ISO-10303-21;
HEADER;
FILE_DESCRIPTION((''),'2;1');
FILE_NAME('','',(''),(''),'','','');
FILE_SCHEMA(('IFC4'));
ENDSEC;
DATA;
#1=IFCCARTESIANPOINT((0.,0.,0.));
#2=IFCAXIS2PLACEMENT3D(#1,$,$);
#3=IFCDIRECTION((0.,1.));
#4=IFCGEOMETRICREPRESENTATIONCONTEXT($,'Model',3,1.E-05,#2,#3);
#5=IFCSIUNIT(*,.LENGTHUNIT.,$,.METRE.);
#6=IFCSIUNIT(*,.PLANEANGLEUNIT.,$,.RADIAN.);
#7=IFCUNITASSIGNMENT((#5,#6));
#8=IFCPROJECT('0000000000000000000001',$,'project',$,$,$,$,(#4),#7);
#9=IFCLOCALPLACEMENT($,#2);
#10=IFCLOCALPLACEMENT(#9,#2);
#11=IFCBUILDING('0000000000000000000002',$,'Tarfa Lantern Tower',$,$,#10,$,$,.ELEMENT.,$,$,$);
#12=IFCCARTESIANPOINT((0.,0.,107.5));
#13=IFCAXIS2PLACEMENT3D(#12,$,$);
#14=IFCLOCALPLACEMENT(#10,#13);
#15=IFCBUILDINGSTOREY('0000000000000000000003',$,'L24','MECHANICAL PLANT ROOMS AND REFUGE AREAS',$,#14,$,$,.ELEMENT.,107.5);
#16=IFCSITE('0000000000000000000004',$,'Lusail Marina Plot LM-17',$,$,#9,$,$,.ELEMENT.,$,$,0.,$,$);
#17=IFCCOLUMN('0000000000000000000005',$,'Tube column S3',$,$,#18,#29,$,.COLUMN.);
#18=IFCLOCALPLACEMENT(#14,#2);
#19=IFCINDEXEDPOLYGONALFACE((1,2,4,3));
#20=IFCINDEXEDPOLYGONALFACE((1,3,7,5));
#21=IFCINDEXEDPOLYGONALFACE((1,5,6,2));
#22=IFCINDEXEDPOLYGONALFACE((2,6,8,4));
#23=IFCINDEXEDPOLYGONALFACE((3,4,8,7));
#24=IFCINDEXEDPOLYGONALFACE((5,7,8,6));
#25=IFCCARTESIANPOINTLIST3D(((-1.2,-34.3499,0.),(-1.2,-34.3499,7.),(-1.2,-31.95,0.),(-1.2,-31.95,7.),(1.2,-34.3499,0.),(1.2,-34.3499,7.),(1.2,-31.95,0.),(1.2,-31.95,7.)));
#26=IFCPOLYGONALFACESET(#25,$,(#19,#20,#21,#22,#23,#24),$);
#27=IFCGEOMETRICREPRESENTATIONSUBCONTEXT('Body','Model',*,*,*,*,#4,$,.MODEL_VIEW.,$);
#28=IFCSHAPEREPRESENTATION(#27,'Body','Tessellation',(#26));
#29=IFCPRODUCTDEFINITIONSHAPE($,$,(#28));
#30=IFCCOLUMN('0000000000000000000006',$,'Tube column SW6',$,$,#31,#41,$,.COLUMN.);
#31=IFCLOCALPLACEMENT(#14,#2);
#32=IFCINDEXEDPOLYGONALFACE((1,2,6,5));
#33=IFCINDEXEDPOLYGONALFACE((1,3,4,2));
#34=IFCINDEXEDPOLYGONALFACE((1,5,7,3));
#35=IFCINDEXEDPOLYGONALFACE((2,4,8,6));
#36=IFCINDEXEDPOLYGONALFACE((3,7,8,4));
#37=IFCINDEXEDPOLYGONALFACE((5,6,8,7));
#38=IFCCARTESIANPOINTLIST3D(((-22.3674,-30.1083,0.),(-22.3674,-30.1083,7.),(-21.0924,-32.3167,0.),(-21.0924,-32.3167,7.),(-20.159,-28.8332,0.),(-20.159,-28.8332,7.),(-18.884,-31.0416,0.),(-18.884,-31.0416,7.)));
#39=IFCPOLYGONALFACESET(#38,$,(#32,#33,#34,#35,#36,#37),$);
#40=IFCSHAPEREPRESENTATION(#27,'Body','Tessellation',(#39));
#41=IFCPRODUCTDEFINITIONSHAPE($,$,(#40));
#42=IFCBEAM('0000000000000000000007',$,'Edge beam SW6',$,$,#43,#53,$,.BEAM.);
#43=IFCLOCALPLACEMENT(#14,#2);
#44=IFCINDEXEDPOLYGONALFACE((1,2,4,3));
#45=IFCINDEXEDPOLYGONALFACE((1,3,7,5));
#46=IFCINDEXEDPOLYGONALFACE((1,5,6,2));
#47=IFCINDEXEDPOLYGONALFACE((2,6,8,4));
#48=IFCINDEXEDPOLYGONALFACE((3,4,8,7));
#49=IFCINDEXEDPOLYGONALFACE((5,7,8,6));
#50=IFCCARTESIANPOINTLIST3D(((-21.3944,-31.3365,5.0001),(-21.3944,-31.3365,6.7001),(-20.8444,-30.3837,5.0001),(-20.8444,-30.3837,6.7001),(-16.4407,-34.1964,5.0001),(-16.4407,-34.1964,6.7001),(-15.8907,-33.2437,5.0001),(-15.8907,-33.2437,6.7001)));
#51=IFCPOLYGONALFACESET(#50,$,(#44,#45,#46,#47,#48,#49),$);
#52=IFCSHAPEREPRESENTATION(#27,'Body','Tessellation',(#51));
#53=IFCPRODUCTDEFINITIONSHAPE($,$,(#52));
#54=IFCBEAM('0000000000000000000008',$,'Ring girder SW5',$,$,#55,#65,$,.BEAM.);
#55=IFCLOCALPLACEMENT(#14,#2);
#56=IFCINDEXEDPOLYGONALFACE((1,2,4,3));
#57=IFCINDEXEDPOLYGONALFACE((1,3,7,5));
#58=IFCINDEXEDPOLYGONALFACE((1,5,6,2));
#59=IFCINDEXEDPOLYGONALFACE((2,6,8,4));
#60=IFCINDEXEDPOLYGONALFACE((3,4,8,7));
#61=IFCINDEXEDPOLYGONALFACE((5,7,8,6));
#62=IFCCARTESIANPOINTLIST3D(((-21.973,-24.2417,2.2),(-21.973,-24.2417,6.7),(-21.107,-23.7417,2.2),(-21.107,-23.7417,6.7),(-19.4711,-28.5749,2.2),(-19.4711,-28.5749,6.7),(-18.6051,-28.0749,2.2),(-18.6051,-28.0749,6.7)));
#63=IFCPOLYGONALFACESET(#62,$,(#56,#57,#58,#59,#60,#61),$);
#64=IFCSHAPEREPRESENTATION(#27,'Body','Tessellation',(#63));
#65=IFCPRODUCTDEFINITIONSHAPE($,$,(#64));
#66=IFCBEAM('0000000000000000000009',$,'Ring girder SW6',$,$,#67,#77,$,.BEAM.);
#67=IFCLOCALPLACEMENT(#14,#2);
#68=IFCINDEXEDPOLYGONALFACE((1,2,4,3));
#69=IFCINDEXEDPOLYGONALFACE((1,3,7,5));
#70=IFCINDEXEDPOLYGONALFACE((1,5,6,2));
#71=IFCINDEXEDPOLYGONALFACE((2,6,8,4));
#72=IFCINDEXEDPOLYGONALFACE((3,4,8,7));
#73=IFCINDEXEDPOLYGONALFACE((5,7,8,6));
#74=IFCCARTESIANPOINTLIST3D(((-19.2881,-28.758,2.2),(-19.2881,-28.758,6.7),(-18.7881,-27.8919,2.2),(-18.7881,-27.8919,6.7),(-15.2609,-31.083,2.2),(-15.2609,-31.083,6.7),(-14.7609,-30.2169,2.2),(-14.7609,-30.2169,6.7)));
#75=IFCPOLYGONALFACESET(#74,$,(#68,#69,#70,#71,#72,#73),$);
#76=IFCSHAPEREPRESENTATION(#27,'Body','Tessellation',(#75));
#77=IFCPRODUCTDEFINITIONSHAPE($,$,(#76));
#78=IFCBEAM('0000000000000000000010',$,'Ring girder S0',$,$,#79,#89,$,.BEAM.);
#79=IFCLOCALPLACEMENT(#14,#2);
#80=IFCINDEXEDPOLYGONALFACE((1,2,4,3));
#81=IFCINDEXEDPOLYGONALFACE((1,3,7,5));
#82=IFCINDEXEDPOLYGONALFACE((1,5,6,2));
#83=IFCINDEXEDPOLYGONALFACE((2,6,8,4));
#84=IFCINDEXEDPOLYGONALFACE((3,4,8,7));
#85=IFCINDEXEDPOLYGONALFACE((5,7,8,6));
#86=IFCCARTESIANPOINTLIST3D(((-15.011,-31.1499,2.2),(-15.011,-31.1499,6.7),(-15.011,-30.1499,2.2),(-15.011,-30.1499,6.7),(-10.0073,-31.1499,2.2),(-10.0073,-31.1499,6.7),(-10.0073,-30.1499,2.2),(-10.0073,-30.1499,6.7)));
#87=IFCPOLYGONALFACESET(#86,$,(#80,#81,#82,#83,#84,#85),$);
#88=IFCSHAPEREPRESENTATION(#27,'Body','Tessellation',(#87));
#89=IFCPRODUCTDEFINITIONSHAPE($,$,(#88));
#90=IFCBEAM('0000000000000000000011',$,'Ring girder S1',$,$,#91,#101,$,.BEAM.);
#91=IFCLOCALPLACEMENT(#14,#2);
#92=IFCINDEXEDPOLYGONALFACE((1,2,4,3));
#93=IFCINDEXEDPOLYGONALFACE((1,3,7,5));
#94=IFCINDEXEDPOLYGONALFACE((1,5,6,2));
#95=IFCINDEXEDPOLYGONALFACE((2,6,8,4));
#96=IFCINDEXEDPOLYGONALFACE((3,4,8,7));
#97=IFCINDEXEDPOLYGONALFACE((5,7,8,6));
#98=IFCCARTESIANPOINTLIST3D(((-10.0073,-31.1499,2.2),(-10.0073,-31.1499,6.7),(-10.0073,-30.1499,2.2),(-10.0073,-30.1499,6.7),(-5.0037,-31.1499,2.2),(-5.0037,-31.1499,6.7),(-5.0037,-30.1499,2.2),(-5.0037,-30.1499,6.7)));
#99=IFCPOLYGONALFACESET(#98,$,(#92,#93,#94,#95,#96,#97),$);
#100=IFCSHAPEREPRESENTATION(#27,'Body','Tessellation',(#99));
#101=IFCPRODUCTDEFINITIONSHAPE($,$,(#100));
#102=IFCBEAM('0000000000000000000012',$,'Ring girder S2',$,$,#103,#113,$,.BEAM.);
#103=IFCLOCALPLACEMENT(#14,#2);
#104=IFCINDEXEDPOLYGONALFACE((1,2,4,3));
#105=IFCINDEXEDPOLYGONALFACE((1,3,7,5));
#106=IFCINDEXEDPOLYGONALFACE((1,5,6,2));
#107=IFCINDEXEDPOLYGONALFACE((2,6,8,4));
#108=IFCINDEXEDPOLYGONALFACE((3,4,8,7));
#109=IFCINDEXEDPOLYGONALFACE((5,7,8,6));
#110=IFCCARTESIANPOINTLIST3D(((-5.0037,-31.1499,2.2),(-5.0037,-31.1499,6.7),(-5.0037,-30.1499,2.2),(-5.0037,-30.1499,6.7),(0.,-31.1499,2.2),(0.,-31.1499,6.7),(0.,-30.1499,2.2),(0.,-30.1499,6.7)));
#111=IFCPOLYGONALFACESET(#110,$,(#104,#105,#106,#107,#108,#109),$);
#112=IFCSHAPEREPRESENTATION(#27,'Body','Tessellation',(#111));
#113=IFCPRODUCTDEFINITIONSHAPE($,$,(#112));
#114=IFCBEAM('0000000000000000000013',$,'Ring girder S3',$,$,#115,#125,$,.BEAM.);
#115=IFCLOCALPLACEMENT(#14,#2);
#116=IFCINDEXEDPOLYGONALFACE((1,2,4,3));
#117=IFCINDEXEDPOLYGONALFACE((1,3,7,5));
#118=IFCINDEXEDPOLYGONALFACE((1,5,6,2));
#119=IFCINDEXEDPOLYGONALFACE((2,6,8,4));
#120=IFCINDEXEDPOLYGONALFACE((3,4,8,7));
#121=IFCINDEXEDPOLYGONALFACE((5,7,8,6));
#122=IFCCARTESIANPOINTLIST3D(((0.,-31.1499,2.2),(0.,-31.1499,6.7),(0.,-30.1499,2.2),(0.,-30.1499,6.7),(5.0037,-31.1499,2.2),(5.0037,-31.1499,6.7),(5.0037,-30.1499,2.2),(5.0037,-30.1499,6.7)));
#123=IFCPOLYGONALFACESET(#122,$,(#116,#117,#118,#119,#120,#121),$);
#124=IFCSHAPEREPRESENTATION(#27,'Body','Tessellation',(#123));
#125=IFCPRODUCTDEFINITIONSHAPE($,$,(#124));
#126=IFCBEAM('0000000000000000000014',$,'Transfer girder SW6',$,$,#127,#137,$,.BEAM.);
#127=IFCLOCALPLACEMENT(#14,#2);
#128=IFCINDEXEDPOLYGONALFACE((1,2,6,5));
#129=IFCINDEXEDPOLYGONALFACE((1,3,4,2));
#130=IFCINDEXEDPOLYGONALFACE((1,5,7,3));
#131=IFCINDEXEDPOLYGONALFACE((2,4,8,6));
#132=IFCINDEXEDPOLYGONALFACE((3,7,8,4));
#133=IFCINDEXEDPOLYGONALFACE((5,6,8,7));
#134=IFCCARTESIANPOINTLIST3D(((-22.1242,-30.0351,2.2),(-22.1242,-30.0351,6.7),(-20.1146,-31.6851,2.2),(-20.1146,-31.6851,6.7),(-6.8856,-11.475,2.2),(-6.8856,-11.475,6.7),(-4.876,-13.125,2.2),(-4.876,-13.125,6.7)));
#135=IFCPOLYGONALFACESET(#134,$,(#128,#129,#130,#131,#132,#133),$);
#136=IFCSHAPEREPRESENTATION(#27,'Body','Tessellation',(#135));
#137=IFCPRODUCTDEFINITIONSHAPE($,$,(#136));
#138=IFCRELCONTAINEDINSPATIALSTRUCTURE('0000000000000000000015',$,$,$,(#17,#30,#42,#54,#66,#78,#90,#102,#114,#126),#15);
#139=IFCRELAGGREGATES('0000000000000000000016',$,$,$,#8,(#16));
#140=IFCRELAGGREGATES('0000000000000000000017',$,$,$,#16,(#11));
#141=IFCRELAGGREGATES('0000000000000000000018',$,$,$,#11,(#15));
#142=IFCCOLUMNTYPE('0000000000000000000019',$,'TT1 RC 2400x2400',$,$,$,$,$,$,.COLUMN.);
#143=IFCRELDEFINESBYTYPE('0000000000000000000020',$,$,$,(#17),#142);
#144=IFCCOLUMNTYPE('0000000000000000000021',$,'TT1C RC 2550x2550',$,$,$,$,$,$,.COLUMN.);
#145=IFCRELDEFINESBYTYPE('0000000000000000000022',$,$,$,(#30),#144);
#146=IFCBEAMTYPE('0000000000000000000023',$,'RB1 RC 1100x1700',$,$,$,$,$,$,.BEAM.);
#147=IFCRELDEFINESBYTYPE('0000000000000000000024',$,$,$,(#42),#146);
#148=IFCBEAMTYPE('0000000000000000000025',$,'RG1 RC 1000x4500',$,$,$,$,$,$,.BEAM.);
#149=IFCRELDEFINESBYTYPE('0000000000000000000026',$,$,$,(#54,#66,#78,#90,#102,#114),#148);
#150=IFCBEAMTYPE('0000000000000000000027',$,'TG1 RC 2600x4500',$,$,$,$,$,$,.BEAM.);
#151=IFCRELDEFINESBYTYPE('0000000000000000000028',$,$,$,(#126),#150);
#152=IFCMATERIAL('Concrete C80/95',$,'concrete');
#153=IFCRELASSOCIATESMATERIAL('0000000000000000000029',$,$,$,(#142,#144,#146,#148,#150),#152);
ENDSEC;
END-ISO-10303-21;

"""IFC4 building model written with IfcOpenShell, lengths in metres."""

from ifc_helpers import new_model, si_unit, direction, frame, origin, origin_2d, place, context, subcontext, project, spatial, rectangle, extrude, material, material_profile, profile_set, type_object, element, save


model = new_model("IFC4")

# Units and contexts
model_context = context("Model", 3, precision=1e-05, world=origin(), true_north=direction((0.0, 1.0)))
body_context = subcontext(model_context, "Body", "Model", "MODEL_VIEW")
ifc_project = project(units=[si_unit("LENGTHUNIT", "METRE"), si_unit("PLANEANGLEUNIT", "RADIAN")], contexts=[model_context])

# Site, building, storey
site_placement = place(None, origin())
site = spatial("IfcSite", under=ifc_project, at=site_placement, Name="Lusail Marina Plot LM-17", CompositionType="ELEMENT", RefElevation=0.0)
building_placement = place(site_placement, origin())
building = spatial("IfcBuilding", under=site, at=building_placement, Name="Tarfa Lantern Tower", CompositionType="ELEMENT")
storey_placement = place(building_placement, frame((0.0, 0.0, 107.5)))
storey = spatial("IfcBuildingStorey", under=building, at=storey_placement, Name="L24", Description="MECHANICAL PLANT ROOMS AND REFUGE AREAS", CompositionType="ELEMENT", Elevation=107.5)

# Columns
ifc_material_1 = material(Name="Concrete C80/95", Category="concrete")
ifc_material_profile_1 = material_profile(ifc_material_1, rectangle(XDim=2.3999, YDim=2.3999, at=origin_2d()), Name="RC 2400x2400")
ifc_profile_set_1 = profile_set([ifc_material_profile_1], Name="Concrete C80/95")
column_type_1 = type_object("IfcColumnType", Name="TT1 RC 2400x2400", PredefinedType="COLUMN", material=ifc_profile_set_1)
column_1_placement = place(storey_placement, frame((0.0, -33.1499, 0.0), z_axis=(0.0, 0.0, 1.0), x_axis=(1.0, 0.0, 0.0)))
element("IfcColumn", 1, at=column_1_placement, inside=storey, type_object=column_type_1, Name="Tube column S3", PredefinedType="COLUMN", context=body_context, shape_type="SweptSolid", body=[
    extrude(rectangle(XDim=2.3999, YDim=2.3999, at=origin_2d()), origin(), (0.0, 0.0, 1.0), 7.0),
])
ifc_material_profile_2 = material_profile(ifc_material_1, rectangle(XDim=2.55, YDim=2.55, at=origin_2d()), Name="RC 2550x2550")
ifc_profile_set_2 = profile_set([ifc_material_profile_2], Name="Concrete C80/95")
column_type_2 = type_object("IfcColumnType", Name="TT1C RC 2550x2550", PredefinedType="COLUMN", material=ifc_profile_set_2)
column_2_placement = place(storey_placement, frame((-20.6257, -30.575, 0.0), z_axis=(0.0, 0.0, 1.0), x_axis=(0.5, -0.866025, 0.0)))
element("IfcColumn", 2, at=column_2_placement, inside=storey, type_object=column_type_2, Name="Tube column SW6", PredefinedType="COLUMN", context=body_context, shape_type="SweptSolid", body=[
    extrude(rectangle(XDim=2.55, YDim=2.55, at=origin_2d()), origin(), (0.0, 0.0, 1.0), 7.0),
])

# Beams
ifc_material_profile_3 = material_profile(ifc_material_1, rectangle(XDim=1.1001, YDim=1.7, at=origin_2d()), Name="RC 1100x1700")
ifc_profile_set_3 = profile_set([ifc_material_profile_3], Name="Concrete C80/95")
beam_type_1 = type_object("IfcBeamType", Name="RB1 RC 1100x1700", PredefinedType="BEAM", material=ifc_profile_set_3)
beam_1_placement = place(storey_placement, frame((-21.1194, -30.8601, 5.8501), z_axis=(0.866033, -0.499986, 0.0), x_axis=(0.499986, 0.866033, 0.0)))
element("IfcBeam", 3, at=beam_1_placement, inside=storey, type_object=beam_type_1, Name="Edge beam SW6", PredefinedType="BEAM", context=body_context, shape_type="SweptSolid", body=[
    extrude(rectangle(XDim=1.1001, YDim=1.7, at=origin_2d()), origin(), (0.0, 0.0, 1.0), 5.72),
])
ifc_material_profile_4 = material_profile(ifc_material_1, rectangle(XDim=1.0, YDim=4.5, at=origin_2d()), Name="RC 1000x4500")
ifc_profile_set_4 = profile_set([ifc_material_profile_4], Name="Concrete C80/95")
beam_type_2 = type_object("IfcBeamType", Name="RG1 RC 1000x4500", PredefinedType="BEAM", material=ifc_profile_set_4)
beam_2_placement = place(storey_placement, frame((-21.54, -23.9917, 4.45), z_axis=(0.500022, -0.866013, 0.0), x_axis=(0.866013, 0.500022, 0.0)))
element("IfcBeam", 4, at=beam_2_placement, inside=storey, type_object=beam_type_2, Name="Ring girder SW5", PredefinedType="BEAM", context=body_context, shape_type="SweptSolid", body=[
    extrude(rectangle(XDim=1.0, YDim=4.5, at=origin_2d()), origin(), (0.0, 0.0, 1.0), 5.0037),
])
beam_3_placement = place(storey_placement, frame((-19.0381, -28.325, 4.45), z_axis=(0.866034, -0.499985, 0.0), x_axis=(0.499985, 0.866034, 0.0)))
element("IfcBeam", 5, at=beam_3_placement, inside=storey, type_object=beam_type_2, Name="Ring girder SW6", PredefinedType="BEAM", context=body_context, shape_type="SweptSolid", body=[
    extrude(rectangle(XDim=1.0, YDim=4.5, at=origin_2d()), origin(), (0.0, 0.0, 1.0), 4.6501),
])
for number, where, z_axis, x_axis, name in (
    (6, (-15.011, -30.6499, 4.45), (1.0, 0.0, 0.0), (0.0, 1.0, 0.0), "Ring girder S0"),
    (7, (-10.0073, -30.6499, 4.45), (1.0, 0.0, 0.0), (0.0, 1.0, 0.0), "Ring girder S1"),
    (8, (-5.0037, -30.6499, 4.45), (1.0, 0.0, 0.0), (0.0, 1.0, 0.0), "Ring girder S2"),
    (9, (0.0, -30.6499, 4.45), (1.0, 0.0, 0.0), (0.0, 1.0, 0.0), "Ring girder S3"),
):
    element("IfcBeam", number, at=place(storey_placement, frame(where, z_axis=z_axis, x_axis=x_axis)), inside=storey, type_object=beam_type_2, Name=name, PredefinedType="BEAM", context=body_context, shape_type="SweptSolid", body=[
        extrude(rectangle(XDim=1.0, YDim=4.5, at=origin_2d()), origin(), (0.0, 0.0, 1.0), 5.0037),
    ])
ifc_material_profile_5 = material_profile(ifc_material_1, rectangle(XDim=2.6001, YDim=4.5, at=origin_2d()), Name="RC 2600x4500")
ifc_profile_set_5 = profile_set([ifc_material_profile_5], Name="Concrete C80/95")
beam_type_3 = type_object("IfcBeamType", Name="TG1 RC 2600x4500", PredefinedType="BEAM", material=ifc_profile_set_5)
beam_4_placement = place(storey_placement, frame((-21.1194, -30.8601, 4.45), z_axis=(0.634559, 0.772874, 0.0), x_axis=(-0.772874, 0.634559, 0.0)))
element("IfcBeam", 10, at=beam_4_placement, inside=storey, type_object=beam_type_3, Name="Transfer girder SW6", PredefinedType="BEAM", context=body_context, shape_type="SweptSolid", body=[
    extrude(rectangle(XDim=2.6001, YDim=4.5, at=origin_2d()), origin(), (0.0, 0.0, 1.0), 24.0144),
])

save(model, "model.ifc")
